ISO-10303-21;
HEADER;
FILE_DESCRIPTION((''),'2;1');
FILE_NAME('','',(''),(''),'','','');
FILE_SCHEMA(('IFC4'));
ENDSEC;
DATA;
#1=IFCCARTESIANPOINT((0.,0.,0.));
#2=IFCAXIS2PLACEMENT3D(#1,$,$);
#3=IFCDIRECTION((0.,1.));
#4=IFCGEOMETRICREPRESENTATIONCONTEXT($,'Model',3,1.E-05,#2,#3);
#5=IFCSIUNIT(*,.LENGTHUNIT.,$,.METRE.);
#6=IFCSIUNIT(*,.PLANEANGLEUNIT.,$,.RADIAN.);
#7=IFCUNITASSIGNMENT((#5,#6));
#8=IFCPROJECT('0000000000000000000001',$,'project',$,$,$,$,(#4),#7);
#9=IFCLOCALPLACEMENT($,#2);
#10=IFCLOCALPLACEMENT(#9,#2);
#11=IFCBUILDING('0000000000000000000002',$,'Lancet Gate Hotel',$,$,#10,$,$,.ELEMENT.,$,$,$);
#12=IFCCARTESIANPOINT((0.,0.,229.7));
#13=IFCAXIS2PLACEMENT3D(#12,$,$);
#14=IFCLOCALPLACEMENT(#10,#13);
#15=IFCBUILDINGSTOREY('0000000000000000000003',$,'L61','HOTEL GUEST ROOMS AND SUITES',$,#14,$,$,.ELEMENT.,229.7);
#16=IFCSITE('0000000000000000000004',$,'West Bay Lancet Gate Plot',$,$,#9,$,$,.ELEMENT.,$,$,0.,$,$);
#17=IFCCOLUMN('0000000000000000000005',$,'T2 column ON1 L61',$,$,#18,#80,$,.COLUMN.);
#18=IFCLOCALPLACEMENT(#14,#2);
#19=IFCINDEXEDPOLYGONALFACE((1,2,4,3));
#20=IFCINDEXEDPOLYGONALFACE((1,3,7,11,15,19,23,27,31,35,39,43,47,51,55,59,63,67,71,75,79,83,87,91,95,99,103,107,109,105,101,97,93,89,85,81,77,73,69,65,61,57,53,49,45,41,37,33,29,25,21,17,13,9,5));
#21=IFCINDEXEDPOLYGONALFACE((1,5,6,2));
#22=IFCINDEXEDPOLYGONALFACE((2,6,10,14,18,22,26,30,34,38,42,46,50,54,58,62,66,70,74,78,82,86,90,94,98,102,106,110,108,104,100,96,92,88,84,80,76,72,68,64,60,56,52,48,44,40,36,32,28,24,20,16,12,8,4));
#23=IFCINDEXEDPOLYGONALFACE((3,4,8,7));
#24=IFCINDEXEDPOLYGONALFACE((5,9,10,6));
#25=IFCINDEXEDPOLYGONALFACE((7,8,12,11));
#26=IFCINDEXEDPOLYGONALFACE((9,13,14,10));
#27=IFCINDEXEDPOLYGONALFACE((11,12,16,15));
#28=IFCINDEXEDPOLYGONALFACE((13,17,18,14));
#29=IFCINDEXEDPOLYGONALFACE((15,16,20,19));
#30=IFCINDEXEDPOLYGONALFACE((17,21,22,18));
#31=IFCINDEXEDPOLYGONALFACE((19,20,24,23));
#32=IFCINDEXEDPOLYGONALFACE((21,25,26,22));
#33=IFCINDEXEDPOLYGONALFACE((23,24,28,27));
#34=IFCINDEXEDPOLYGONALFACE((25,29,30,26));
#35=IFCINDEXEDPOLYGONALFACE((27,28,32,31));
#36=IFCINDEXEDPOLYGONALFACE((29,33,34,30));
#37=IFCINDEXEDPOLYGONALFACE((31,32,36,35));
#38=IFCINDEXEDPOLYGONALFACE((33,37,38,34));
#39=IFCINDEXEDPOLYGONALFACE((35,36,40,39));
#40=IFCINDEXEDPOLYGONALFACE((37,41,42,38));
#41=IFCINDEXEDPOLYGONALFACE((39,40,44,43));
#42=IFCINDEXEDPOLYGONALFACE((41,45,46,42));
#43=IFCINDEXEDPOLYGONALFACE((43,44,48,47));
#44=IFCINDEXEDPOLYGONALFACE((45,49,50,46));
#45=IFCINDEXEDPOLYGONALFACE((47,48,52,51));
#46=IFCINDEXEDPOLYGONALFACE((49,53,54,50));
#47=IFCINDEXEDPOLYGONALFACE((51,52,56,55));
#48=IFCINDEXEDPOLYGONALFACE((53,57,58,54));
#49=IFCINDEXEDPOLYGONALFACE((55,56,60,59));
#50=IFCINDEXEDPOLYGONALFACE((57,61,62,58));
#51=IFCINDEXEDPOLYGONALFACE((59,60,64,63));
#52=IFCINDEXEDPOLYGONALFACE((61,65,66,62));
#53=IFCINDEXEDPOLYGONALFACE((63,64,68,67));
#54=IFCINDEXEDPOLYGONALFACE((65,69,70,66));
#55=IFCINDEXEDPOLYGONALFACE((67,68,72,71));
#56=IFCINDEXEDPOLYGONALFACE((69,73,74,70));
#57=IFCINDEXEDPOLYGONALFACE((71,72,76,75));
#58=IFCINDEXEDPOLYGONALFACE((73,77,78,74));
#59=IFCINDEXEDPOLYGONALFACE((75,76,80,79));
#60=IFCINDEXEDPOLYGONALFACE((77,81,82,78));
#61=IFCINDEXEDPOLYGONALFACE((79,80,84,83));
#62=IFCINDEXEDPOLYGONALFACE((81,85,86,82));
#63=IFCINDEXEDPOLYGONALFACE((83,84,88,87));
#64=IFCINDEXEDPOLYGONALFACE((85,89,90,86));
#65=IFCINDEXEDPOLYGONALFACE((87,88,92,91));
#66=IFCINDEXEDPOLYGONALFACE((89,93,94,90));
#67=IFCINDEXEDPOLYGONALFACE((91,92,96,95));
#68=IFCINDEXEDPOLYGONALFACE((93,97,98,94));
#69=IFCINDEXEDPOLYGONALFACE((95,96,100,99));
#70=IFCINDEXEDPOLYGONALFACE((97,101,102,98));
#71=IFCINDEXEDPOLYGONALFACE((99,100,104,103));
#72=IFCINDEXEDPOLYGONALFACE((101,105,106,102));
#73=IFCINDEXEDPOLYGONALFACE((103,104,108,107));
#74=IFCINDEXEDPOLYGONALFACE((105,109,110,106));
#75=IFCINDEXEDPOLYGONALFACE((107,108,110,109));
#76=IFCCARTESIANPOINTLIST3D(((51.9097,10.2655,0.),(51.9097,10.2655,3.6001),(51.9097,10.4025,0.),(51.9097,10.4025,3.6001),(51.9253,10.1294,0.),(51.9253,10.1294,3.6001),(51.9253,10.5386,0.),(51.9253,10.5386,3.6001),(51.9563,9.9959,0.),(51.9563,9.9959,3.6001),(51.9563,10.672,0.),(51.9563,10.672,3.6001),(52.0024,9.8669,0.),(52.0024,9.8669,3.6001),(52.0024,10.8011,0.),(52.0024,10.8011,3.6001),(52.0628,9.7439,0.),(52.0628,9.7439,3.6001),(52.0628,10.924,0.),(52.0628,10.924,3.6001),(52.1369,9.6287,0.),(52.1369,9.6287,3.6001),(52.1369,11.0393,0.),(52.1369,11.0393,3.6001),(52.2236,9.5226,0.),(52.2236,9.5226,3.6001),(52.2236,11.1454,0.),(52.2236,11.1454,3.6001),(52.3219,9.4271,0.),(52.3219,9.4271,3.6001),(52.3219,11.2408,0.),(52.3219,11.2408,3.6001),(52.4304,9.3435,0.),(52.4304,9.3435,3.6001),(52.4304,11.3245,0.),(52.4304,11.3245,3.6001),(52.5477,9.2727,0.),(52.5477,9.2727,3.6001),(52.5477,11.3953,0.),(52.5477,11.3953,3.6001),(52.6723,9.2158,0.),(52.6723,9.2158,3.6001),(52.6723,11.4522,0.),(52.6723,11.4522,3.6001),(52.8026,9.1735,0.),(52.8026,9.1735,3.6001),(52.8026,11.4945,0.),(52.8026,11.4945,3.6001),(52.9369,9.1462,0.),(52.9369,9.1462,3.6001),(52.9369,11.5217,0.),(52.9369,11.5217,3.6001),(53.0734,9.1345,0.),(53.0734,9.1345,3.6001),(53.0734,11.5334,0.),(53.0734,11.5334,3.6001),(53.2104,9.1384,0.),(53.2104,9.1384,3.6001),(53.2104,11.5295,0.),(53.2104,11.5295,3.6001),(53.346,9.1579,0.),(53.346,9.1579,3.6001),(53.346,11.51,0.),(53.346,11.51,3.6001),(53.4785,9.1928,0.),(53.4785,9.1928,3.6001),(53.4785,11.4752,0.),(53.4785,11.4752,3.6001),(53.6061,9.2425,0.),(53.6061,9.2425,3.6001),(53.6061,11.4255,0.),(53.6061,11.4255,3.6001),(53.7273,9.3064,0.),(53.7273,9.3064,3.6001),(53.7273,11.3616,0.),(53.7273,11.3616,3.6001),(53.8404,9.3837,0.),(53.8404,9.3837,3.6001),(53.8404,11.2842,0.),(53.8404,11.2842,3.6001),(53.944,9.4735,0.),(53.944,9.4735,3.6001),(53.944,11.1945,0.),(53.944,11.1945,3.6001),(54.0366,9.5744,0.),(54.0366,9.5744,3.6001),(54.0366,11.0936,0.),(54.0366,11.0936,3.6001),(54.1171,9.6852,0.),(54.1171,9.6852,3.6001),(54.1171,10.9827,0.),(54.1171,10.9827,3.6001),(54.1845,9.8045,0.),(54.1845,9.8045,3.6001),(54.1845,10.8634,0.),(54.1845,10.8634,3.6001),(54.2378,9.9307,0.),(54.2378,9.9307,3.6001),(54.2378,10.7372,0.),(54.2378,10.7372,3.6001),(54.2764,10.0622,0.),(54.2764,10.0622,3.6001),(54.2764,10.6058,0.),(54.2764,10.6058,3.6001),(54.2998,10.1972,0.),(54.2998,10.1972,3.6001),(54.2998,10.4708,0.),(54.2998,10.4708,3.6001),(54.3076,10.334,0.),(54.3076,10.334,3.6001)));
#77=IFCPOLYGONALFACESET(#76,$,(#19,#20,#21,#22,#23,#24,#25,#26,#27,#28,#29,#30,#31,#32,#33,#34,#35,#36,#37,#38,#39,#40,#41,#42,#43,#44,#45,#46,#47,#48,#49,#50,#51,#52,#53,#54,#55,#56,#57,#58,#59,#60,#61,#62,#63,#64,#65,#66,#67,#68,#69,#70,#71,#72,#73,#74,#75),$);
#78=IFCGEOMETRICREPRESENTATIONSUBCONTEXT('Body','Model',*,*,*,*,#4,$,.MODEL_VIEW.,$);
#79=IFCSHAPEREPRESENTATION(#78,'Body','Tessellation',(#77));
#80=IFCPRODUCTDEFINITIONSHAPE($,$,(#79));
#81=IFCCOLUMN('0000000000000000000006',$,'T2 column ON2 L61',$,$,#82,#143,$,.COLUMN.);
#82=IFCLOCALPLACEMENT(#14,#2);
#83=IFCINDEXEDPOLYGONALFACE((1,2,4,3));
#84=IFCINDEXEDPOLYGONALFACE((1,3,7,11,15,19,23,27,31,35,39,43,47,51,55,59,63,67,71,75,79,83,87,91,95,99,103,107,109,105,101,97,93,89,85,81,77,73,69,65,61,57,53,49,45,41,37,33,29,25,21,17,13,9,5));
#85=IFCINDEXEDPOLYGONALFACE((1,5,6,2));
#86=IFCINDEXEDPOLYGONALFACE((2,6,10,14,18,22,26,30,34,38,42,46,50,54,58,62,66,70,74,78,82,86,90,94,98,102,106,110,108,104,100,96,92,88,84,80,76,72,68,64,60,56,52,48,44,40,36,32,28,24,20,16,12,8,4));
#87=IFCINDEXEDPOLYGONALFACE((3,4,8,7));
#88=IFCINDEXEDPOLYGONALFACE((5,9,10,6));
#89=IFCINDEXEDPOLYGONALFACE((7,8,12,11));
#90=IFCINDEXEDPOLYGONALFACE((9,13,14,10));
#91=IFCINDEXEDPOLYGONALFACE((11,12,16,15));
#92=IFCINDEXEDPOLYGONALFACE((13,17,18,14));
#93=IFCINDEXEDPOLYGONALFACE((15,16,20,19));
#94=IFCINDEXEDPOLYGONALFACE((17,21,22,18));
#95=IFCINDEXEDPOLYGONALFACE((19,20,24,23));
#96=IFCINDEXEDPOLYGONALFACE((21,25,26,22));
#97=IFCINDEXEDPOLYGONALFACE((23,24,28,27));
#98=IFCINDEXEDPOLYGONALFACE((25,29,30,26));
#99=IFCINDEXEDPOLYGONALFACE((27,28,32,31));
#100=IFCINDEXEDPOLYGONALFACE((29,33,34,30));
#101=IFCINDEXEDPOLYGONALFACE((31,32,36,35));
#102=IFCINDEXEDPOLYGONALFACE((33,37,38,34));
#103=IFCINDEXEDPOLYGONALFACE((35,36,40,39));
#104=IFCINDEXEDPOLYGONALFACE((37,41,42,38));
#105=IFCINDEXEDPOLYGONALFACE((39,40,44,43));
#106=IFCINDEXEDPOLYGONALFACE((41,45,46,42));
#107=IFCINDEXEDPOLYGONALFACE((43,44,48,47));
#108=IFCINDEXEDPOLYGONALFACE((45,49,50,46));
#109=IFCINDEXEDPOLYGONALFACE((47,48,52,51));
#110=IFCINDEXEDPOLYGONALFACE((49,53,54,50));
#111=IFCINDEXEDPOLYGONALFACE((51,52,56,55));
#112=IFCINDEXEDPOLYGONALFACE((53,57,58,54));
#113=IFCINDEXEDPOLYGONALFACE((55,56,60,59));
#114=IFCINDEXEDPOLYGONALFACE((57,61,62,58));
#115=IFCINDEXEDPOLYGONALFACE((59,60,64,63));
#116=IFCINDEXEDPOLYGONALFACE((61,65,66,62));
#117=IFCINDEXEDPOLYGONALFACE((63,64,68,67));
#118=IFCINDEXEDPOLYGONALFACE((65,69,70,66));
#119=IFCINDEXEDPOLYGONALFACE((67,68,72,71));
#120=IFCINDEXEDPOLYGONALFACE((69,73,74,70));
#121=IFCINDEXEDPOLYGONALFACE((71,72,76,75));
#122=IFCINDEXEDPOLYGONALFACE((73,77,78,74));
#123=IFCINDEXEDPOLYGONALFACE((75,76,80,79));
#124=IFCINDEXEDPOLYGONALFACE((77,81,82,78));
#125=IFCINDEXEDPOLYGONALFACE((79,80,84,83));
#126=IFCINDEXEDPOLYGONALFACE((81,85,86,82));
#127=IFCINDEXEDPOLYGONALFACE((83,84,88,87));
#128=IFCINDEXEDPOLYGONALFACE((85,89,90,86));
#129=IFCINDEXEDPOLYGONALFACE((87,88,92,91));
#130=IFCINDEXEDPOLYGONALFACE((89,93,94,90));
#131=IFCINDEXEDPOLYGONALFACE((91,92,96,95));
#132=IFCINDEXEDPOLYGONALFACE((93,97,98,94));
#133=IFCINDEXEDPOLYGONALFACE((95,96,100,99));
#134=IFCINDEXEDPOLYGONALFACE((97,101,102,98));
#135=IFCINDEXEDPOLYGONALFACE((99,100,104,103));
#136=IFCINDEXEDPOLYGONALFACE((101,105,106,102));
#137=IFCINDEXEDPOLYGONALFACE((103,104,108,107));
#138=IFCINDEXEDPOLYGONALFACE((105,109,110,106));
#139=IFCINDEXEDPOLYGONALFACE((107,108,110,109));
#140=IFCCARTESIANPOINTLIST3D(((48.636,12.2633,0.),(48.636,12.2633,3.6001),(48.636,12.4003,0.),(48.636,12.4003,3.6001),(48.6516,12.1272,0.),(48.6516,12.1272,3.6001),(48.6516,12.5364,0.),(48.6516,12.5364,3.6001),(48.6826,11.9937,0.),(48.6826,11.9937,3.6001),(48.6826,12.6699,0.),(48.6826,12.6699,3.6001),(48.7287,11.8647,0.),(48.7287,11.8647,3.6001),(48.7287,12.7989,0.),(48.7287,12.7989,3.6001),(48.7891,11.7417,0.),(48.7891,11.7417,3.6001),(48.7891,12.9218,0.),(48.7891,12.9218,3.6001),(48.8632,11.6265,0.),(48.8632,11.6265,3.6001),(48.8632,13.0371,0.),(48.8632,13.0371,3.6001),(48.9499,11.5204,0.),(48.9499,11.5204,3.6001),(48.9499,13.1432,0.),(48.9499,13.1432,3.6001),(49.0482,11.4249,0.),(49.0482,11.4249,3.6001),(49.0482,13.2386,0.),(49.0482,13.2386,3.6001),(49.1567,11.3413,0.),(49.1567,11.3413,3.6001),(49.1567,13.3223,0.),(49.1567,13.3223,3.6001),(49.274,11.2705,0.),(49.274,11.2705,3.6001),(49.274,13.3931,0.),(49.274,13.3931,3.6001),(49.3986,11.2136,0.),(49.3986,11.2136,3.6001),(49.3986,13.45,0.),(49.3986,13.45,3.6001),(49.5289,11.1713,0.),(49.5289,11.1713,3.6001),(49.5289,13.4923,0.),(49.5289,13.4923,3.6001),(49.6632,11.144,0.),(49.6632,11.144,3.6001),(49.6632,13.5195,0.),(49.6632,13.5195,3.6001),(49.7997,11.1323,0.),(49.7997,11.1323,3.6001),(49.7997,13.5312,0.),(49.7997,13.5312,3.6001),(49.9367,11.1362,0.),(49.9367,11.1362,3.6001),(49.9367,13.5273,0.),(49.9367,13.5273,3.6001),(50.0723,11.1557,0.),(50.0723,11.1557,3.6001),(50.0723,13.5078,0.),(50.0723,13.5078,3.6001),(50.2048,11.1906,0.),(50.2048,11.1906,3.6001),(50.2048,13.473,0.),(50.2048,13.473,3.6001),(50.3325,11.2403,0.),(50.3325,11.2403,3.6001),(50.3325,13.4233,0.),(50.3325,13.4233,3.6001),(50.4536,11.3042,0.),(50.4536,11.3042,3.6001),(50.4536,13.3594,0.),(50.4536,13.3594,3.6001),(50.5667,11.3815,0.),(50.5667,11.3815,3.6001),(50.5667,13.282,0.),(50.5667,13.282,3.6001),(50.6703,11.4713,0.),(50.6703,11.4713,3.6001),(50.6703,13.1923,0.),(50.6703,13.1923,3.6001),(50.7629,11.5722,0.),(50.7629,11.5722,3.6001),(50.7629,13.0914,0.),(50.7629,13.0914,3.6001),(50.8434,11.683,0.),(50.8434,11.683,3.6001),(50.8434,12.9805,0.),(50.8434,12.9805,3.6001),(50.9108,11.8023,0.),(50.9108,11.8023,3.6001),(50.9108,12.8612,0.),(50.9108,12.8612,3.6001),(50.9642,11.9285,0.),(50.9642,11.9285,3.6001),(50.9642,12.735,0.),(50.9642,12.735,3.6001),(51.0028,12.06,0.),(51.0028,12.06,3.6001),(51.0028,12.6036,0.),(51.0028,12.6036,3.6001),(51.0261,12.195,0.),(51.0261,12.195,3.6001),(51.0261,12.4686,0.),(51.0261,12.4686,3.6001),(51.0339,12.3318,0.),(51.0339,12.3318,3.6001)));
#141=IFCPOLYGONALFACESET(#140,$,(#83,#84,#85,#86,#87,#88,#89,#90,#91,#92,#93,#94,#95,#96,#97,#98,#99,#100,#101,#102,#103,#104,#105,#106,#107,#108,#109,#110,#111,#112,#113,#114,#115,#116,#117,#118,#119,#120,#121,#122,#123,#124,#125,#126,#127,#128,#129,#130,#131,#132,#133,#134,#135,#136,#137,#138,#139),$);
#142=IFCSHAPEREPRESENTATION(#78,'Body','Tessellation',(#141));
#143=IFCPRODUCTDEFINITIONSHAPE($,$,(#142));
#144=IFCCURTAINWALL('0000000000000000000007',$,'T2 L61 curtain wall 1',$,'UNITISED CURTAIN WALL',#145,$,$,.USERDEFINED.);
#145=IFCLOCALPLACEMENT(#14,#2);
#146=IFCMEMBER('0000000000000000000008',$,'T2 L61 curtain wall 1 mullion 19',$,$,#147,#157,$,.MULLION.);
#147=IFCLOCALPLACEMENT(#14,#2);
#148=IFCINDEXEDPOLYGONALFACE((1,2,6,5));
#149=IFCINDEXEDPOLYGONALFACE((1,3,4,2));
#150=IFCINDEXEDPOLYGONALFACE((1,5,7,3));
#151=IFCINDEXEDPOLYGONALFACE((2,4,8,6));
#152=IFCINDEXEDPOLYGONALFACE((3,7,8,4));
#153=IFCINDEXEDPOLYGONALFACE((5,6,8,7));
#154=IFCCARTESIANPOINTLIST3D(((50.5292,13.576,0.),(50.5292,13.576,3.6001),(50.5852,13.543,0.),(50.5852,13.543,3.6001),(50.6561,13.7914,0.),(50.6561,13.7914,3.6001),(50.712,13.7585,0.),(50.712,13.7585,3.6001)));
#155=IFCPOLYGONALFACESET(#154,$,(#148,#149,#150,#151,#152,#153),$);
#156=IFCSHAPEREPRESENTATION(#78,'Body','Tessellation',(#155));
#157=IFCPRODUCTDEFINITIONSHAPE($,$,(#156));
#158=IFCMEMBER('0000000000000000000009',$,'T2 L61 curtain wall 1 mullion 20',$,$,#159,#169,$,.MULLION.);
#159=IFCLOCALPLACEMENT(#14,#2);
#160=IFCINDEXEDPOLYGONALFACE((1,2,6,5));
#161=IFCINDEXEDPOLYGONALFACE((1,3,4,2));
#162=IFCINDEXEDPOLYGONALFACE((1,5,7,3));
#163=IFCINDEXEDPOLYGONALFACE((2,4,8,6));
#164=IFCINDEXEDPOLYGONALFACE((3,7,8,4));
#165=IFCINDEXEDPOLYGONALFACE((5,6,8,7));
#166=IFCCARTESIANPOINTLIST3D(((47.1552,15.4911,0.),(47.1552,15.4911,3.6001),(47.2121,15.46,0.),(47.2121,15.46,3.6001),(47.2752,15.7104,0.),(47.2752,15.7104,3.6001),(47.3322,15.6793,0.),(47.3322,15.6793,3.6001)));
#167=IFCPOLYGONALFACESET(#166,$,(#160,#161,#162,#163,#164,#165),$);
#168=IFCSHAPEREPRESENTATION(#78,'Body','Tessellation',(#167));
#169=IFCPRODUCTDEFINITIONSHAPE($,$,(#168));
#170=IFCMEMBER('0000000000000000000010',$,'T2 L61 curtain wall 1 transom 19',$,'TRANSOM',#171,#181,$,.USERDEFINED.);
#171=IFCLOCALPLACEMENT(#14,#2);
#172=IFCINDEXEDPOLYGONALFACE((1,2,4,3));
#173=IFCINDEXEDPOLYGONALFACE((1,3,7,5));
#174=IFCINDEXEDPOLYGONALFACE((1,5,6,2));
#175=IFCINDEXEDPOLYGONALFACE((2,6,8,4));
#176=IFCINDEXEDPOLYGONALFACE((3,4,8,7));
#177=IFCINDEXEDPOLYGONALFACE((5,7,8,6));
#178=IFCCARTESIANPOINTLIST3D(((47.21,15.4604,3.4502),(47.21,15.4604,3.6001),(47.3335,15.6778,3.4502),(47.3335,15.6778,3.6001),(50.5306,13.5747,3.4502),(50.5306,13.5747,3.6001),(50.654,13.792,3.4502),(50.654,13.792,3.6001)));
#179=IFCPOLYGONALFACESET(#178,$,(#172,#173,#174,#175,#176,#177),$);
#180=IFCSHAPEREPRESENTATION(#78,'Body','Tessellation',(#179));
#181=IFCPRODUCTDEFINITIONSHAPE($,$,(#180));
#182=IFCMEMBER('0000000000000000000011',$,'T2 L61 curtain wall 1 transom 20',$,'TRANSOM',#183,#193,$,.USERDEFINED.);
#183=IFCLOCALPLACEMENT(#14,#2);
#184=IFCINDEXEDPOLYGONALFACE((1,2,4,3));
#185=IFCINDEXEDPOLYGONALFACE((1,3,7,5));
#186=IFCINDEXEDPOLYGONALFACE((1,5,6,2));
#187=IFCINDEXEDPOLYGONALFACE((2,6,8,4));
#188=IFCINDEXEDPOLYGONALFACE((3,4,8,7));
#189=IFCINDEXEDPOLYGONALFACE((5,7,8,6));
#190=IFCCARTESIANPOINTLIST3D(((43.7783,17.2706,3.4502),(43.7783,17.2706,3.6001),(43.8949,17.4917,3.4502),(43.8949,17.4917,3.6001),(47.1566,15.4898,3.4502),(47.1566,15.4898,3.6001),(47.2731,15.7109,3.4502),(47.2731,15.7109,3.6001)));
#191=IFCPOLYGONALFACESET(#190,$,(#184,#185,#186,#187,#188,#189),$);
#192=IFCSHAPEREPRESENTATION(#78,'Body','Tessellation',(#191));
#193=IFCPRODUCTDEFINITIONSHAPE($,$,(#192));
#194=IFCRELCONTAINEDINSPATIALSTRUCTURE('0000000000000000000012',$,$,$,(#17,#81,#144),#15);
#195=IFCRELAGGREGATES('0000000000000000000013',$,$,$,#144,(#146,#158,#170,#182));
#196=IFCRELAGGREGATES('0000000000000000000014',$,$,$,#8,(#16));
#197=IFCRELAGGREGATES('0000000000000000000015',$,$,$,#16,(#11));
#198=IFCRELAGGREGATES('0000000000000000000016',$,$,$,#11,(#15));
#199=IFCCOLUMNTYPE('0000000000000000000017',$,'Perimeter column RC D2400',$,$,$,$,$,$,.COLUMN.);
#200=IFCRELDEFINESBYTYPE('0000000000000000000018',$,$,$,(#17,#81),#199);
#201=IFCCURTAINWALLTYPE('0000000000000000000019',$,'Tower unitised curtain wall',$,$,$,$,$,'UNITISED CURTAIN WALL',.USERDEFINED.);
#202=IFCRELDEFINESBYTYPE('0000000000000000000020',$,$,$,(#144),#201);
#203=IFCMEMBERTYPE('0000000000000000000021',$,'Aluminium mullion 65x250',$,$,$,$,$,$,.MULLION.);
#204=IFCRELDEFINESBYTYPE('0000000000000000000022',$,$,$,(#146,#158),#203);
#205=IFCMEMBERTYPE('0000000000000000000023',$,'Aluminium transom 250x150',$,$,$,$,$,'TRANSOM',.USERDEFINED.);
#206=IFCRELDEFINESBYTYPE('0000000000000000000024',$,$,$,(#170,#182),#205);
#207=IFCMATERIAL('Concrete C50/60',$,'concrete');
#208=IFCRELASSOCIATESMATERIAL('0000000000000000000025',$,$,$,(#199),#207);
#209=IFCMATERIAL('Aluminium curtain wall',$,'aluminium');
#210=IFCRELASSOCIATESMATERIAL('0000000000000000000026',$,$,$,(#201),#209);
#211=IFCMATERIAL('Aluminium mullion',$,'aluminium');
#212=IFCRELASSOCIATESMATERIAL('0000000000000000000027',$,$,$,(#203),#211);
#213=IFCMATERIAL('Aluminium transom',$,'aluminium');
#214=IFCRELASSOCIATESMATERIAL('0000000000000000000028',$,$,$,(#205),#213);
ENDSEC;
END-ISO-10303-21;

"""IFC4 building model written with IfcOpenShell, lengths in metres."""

from ifc_helpers import new_model, si_unit, direction, frame, origin, origin_2d, place, context, subcontext, project, spatial, rectangle, circle, extrude, material, material_profile, profile_set, type_object, element, aggregate, save


model = new_model("IFC4")

# Units and contexts
model_context = context("Model", 3, precision=1e-05, world=origin(), true_north=direction((0.0, 1.0)))
body_context = subcontext(model_context, "Body", "Model", "MODEL_VIEW")
ifc_project = project(units=[si_unit("LENGTHUNIT", "METRE"), si_unit("PLANEANGLEUNIT", "RADIAN")], contexts=[model_context])

# Site, building, storey
site_placement = place(None, origin())
site = spatial("IfcSite", under=ifc_project, at=site_placement, Name="West Bay Lancet Gate Plot", CompositionType="ELEMENT", RefElevation=0.0)
building_placement = place(site_placement, origin())
building = spatial("IfcBuilding", under=site, at=building_placement, Name="Lancet Gate Hotel", CompositionType="ELEMENT")
storey_placement = place(building_placement, frame((0.0, 0.0, 229.7)))
storey = spatial("IfcBuildingStorey", under=building, at=storey_placement, Name="L61", Description="HOTEL GUEST ROOMS AND SUITES", CompositionType="ELEMENT", Elevation=229.7)

# Columns
ifc_material_1 = material(Name="Concrete C50/60", Category="concrete")
ifc_material_profile_1 = material_profile(ifc_material_1, circle(Radius=1.2, at=origin_2d()), Name="RC D2400")
ifc_profile_set_1 = profile_set([ifc_material_profile_1], Name="Concrete C50/60")
column_type = type_object("IfcColumnType", Name="Perimeter column RC D2400", PredefinedType="COLUMN", material=ifc_profile_set_1)
for number, where, z_axis, x_axis, name in (
    (1, (53.1077, 10.334, 0.0), (0.0, 0.0, 1.0), (1.0, 0.0, 0.0), "T2 column ON1 L61"),
    (2, (49.834, 12.3318, 0.0), (0.0, 0.0, 1.0), (1.0, 0.0, 0.0), "T2 column ON2 L61"),
):
    element("IfcColumn", number, at=place(storey_placement, frame(where, z_axis=z_axis, x_axis=x_axis)), inside=storey, type_object=column_type, Name=name, PredefinedType="COLUMN", context=body_context, shape_type="SweptSolid", body=[
        extrude(circle(Radius=1.2, at=origin_2d()), origin(), (0.0, 0.0, 1.0), 3.6001),
    ])

# Curtain wall, members
ifc_material_2 = material(Name="Aluminium curtain wall", Category="aluminium")
curtain_wall_type = type_object("IfcCurtainWallType", Name="Tower unitised curtain wall", ElementType="UNITISED CURTAIN WALL", PredefinedType="USERDEFINED", material=ifc_material_2)
curtain_wall_placement = place(storey_placement, origin())
curtain_wall = element("IfcCurtainWall", 3, at=curtain_wall_placement, inside=storey, type_object=curtain_wall_type, Name="T2 L61 curtain wall 1", ObjectType="UNITISED CURTAIN WALL", PredefinedType="USERDEFINED")
ifc_material_3 = material(Name="Aluminium mullion", Category="aluminium")
ifc_material_profile_2 = material_profile(ifc_material_3, rectangle(XDim=0.0649, YDim=0.25, at=origin_2d()), Name="MULLION 65x250")
ifc_profile_set_2 = profile_set([ifc_material_profile_2], Name="Aluminium mullion")
member_type_1 = type_object("IfcMemberType", Name="Aluminium mullion 65x250", PredefinedType="MULLION", material=ifc_profile_set_2)
member_1_placement = place(storey_placement, frame((50.6206, 13.6672, 0.0), z_axis=(0.0, 0.0, 1.0), x_axis=(-0.861692, 0.507432, 0.0)))
member_1 = element("IfcMember", 4, at=member_1_placement, type_object=member_type_1, Name="T2 L61 curtain wall 1 mullion 19", PredefinedType="MULLION", context=body_context, shape_type="SweptSolid", body=[
    extrude(rectangle(XDim=0.0649, YDim=0.25, at=origin_2d()), origin(), (0.0, 0.0, 1.0), 3.6001),
])
member_2_placement = place(storey_placement, frame((47.2437, 15.5852, 0.0), z_axis=(0.0, 0.0, 1.0), x_axis=(-0.877195, 0.480135, 0.0)))
member_2 = element("IfcMember", 5, at=member_2_placement, type_object=member_type_1, Name="T2 L61 curtain wall 1 mullion 20", PredefinedType="MULLION", context=body_context, shape_type="SweptSolid", body=[
    extrude(rectangle(XDim=0.0649, YDim=0.25, at=origin_2d()), origin(), (0.0, 0.0, 1.0), 3.6001),
])
ifc_material_4 = material(Name="Aluminium transom", Category="aluminium")
ifc_material_profile_3 = material_profile(ifc_material_4, rectangle(XDim=0.25, YDim=0.1499, at=origin_2d()), Name="TRANSOM 250x150")
ifc_profile_set_3 = profile_set([ifc_material_profile_3], Name="Aluminium transom")
member_type_2 = type_object("IfcMemberType", Name="Aluminium transom 250x150", ElementType="TRANSOM", PredefinedType="USERDEFINED", material=ifc_profile_set_3)
member_3_placement = place(storey_placement, frame((50.5923, 13.6833, 3.5251), z_axis=(-0.869562, 0.493824, 0.0), x_axis=(-0.493824, -0.869562, 0.0)))
member_3 = element("IfcMember", 6, at=member_3_placement, type_object=member_type_2, Name="T2 L61 curtain wall 1 transom 19", ObjectType="TRANSOM", PredefinedType="USERDEFINED", context=body_context, shape_type="SweptSolid", body=[
    extrude(rectangle(XDim=0.25, YDim=0.1499, at=origin_2d()), origin(), (0.0, 0.0, 1.0), 3.8186),
])
member_4_placement = place(storey_placement, frame((47.2148, 15.6003, 3.5251), z_axis=(-0.884618, 0.466315, 0.0), x_axis=(-0.466315, -0.884618, 0.0)))
member_4 = element("IfcMember", 7, at=member_4_placement, type_object=member_type_2, Name="T2 L61 curtain wall 1 transom 20", ObjectType="TRANSOM", PredefinedType="USERDEFINED", context=body_context, shape_type="SweptSolid", body=[
    extrude(rectangle(XDim=0.25, YDim=0.1499, at=origin_2d()), origin(), (0.0, 0.0, 1.0), 3.8188),
])

aggregate(curtain_wall, [member_1, member_2, member_3, member_4])

save(model, "model.ifc")
